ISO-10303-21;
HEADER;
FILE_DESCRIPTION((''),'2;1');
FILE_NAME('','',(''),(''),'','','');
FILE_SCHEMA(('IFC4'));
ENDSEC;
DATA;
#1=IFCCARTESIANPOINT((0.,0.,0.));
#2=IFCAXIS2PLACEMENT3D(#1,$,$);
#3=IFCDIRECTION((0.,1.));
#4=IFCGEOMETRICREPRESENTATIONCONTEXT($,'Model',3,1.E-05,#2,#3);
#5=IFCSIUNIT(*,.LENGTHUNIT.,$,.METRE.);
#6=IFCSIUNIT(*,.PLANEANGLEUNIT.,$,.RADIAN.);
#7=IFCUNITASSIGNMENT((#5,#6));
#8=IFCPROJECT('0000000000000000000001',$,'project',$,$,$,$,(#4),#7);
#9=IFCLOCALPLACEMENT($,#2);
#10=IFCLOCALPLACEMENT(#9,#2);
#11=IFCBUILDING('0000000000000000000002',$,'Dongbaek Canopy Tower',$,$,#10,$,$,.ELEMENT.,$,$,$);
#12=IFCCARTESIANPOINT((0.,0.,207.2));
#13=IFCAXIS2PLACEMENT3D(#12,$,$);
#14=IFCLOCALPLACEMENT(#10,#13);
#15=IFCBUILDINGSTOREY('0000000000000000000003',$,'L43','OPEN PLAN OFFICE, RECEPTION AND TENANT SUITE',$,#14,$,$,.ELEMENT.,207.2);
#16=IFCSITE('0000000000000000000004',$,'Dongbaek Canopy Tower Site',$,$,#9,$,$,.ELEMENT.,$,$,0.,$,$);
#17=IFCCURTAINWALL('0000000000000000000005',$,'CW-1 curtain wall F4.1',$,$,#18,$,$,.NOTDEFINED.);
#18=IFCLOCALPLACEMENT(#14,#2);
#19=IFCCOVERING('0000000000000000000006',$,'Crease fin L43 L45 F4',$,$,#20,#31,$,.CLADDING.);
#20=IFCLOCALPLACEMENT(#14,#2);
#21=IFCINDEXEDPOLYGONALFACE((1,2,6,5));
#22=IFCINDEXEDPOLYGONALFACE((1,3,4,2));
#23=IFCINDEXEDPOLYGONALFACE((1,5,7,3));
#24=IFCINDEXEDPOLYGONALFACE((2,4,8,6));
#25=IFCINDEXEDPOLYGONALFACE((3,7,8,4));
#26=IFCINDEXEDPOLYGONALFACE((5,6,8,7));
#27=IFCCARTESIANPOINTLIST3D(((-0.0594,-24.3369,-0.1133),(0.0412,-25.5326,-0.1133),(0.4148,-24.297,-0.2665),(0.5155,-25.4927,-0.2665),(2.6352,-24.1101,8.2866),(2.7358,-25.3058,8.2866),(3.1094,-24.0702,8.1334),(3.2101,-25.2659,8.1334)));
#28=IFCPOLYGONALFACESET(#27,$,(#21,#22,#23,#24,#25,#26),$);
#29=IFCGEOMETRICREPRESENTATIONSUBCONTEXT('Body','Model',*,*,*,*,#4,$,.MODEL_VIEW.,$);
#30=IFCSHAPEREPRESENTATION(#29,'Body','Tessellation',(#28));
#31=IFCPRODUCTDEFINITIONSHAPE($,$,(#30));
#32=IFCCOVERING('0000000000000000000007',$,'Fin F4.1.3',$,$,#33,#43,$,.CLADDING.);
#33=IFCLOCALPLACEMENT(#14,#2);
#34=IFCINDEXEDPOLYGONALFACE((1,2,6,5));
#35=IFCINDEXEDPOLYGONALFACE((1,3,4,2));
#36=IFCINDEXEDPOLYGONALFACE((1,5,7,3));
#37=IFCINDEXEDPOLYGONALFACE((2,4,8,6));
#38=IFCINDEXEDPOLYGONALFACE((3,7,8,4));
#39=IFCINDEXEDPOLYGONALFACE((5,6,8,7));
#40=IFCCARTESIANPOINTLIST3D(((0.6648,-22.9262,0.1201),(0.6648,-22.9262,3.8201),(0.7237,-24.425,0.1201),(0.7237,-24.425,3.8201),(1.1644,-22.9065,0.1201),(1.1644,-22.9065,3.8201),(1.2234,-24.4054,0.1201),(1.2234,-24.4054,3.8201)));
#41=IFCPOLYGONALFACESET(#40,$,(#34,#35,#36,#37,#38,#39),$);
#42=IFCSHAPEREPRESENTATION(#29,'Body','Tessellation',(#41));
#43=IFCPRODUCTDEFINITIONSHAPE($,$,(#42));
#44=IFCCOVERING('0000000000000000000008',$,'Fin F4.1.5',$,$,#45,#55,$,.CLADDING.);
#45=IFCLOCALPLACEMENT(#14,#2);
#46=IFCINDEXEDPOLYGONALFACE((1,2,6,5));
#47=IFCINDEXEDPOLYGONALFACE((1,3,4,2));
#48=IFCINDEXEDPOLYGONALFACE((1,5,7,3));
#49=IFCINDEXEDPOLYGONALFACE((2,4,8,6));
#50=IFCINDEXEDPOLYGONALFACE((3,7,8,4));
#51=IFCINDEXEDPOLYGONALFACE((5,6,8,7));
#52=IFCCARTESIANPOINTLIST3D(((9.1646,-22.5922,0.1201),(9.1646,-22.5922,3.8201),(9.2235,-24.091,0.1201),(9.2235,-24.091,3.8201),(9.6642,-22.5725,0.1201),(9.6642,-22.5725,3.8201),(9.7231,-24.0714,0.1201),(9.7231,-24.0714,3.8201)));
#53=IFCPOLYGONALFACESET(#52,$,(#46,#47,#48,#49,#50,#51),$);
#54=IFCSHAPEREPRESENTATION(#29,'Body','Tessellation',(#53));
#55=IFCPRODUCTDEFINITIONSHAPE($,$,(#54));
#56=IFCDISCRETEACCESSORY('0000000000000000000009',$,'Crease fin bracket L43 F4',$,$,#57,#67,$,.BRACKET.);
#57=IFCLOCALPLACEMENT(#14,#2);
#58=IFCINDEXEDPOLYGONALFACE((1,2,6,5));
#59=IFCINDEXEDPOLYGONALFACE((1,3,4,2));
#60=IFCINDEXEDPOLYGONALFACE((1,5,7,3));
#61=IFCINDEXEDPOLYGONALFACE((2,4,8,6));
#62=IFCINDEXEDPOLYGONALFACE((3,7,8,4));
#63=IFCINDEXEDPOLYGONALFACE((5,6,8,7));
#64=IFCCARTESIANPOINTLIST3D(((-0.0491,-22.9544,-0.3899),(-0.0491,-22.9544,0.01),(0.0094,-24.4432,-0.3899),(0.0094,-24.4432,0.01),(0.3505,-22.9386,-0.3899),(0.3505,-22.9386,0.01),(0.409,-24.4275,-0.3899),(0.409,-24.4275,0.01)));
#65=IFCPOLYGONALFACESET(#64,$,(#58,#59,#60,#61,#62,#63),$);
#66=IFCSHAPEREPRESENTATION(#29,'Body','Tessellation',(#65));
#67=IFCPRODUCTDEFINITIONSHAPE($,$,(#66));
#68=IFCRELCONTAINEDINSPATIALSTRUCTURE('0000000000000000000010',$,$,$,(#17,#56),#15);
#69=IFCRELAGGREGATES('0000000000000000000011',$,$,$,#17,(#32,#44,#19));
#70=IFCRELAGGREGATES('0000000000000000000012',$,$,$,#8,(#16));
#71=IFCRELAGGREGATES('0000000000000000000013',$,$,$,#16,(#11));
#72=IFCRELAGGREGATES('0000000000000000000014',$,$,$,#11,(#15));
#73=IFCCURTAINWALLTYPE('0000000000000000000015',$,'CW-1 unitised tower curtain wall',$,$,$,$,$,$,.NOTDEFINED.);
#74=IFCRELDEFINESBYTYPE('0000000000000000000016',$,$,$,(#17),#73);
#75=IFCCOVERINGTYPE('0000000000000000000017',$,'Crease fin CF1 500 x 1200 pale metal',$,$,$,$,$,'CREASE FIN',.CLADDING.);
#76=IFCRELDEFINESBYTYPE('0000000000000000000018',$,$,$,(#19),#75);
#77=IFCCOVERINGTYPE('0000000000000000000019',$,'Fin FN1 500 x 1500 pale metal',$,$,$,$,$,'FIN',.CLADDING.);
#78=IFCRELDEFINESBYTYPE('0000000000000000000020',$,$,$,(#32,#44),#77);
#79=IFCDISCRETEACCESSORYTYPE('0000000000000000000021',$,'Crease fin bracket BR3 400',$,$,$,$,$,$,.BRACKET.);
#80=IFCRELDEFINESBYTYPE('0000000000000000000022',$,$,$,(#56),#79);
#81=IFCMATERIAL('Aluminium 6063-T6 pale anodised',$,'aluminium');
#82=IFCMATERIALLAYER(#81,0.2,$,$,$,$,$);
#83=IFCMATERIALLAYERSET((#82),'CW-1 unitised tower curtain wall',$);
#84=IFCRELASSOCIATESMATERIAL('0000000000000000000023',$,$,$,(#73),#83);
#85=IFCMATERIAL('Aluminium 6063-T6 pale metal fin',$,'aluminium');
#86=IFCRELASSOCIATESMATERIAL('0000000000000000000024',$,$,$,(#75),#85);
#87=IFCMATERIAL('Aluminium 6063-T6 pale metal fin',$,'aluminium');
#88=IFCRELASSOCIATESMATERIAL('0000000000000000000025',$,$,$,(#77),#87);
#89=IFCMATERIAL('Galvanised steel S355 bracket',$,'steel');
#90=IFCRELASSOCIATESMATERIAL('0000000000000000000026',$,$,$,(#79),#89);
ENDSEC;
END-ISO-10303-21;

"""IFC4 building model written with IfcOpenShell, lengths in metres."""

from ifc_helpers import new_model, si_unit, direction, frame, origin, origin_2d, place, context, subcontext, project, spatial, rectangle, extrude, material, layer, layer_set, material_profile, profile_set, type_object, element, aggregate, save


model = new_model("IFC4")

# Units and contexts
model_context = context("Model", 3, precision=1e-05, world=origin(), true_north=direction((0.0, 1.0)))
body_context = subcontext(model_context, "Body", "Model", "MODEL_VIEW")
ifc_project = project(units=[si_unit("LENGTHUNIT", "METRE"), si_unit("PLANEANGLEUNIT", "RADIAN")], contexts=[model_context])

# Site, building, storey
site_placement = place(None, origin())
site = spatial("IfcSite", under=ifc_project, at=site_placement, Name="Dongbaek Canopy Tower Site", CompositionType="ELEMENT", RefElevation=0.0)
building_placement = place(site_placement, origin())
building = spatial("IfcBuilding", under=site, at=building_placement, Name="Dongbaek Canopy Tower", CompositionType="ELEMENT")
storey_placement = place(building_placement, frame((0.0, 0.0, 207.2)))
storey = spatial("IfcBuildingStorey", under=building, at=storey_placement, Name="L43", Description="OPEN PLAN OFFICE, RECEPTION AND TENANT SUITE", CompositionType="ELEMENT", Elevation=207.2)

# Curtain wall
ifc_material_1 = material(Name="Aluminium 6063-T6 pale anodised", Category="aluminium")
ifc_layer_1 = layer(ifc_material_1, 0.2)
ifc_layer_set_1 = layer_set([ifc_layer_1], Name="CW-1 unitised tower curtain wall")
curtain_wall_type = type_object("IfcCurtainWallType", Name="CW-1 unitised tower curtain wall", PredefinedType="NOTDEFINED", material=ifc_layer_set_1)
curtain_wall_1_placement = place(storey_placement, origin())
curtain_wall_1 = element("IfcCurtainWall", 1, at=curtain_wall_1_placement, inside=storey, type_object=curtain_wall_type, Name="CW-1 curtain wall F4.1", PredefinedType="NOTDEFINED")

# Coverings
ifc_material_2 = material(Name="Aluminium 6063-T6 pale metal fin", Category="aluminium")
ifc_material_profile_1 = material_profile(ifc_material_2, rectangle(XDim=1.2, YDim=0.5, at=origin_2d()), Name="Crease fin CF1 500 x 1200 pale metal")
ifc_profile_set_1 = profile_set([ifc_material_profile_1], Name="Aluminium 6063-T6 pale metal fin")
covering_type_1 = type_object("IfcCoveringType", Name="Crease fin CF1 500 x 1200 pale metal", ElementType="CREASE FIN", PredefinedType="CLADDING", material=ifc_profile_set_1)
covering_1_placement = place(storey_placement, frame((0.228, -24.9148, -0.1899), z_axis=(0.305355, 0.025702, 0.951892), x_axis=(-0.083875, 0.996476, 0.0)))
covering_1 = element("IfcCovering", 2, at=covering_1_placement, type_object=covering_type_1, Name="Crease fin L43 L45 F4", PredefinedType="CLADDING", context=body_context, shape_type="SweptSolid", body=[
    extrude(rectangle(XDim=1.2, YDim=0.5, at=origin_2d()), origin(), (0.0, 0.0, 1.0), 8.8245),
])
ifc_material_3 = material(Name="Aluminium 6063-T6 pale metal fin", Category="aluminium")
ifc_material_profile_2 = material_profile(ifc_material_3, rectangle(XDim=1.5, YDim=0.5, at=origin_2d()), Name="Fin FN1 500 x 1500 pale metal")
ifc_profile_set_2 = profile_set([ifc_material_profile_2], Name="Aluminium 6063-T6 pale metal fin")
covering_type_2 = type_object("IfcCoveringType", Name="Fin FN1 500 x 1500 pale metal", ElementType="FIN", PredefinedType="CLADDING", material=ifc_profile_set_2)
covering_2_placement = place(storey_placement, frame((0.9441, -23.6658, 0.1201), z_axis=(0.0, 0.0, 1.0), x_axis=(0.039276, -0.999228, 0.0)))
covering_2 = element("IfcCovering", 3, at=covering_2_placement, type_object=covering_type_2, Name="Fin F4.1.3", PredefinedType="CLADDING", context=body_context, shape_type="SweptSolid", body=[
    extrude(rectangle(XDim=1.5, YDim=0.5, at=origin_2d()), origin(), (0.0, 0.0, 1.0), 3.7),
])
covering_3_placement = place(storey_placement, frame((9.4438, -23.3318, 0.1201), z_axis=(0.0, 0.0, 1.0), x_axis=(0.039276, -0.999228, 0.0)))
covering_3 = element("IfcCovering", 4, at=covering_3_placement, type_object=covering_type_2, Name="Fin F4.1.5", PredefinedType="CLADDING", context=body_context, shape_type="SweptSolid", body=[
    extrude(rectangle(XDim=1.5, YDim=0.5, at=origin_2d()), origin(), (0.0, 0.0, 1.0), 3.7),
])
aggregate(curtain_wall_1, [covering_2, covering_3, covering_1])

# Discrete accessory
ifc_material_4 = material(Name="Galvanised steel S355 bracket", Category="steel")
discrete_accessory_type = type_object("IfcDiscreteAccessoryType", Name="Crease fin bracket BR3 400", PredefinedType="BRACKET", material=ifc_material_4)
discrete_accessory_placement = place(storey_placement, frame((0.1799, -23.6909, -0.3899), z_axis=(0.0, 0.0, 1.0), x_axis=(0.039276, -0.999228, 0.0)))
element("IfcDiscreteAccessory", 5, at=discrete_accessory_placement, inside=storey, type_object=discrete_accessory_type, Name="Crease fin bracket L43 F4", PredefinedType="BRACKET", context=body_context, shape_type="SweptSolid", body=[
    extrude(rectangle(XDim=1.49, YDim=0.3999, at=origin_2d()), origin(), (0.0, 0.0, 1.0), 0.3999),
])

save(model, "model.ifc")
